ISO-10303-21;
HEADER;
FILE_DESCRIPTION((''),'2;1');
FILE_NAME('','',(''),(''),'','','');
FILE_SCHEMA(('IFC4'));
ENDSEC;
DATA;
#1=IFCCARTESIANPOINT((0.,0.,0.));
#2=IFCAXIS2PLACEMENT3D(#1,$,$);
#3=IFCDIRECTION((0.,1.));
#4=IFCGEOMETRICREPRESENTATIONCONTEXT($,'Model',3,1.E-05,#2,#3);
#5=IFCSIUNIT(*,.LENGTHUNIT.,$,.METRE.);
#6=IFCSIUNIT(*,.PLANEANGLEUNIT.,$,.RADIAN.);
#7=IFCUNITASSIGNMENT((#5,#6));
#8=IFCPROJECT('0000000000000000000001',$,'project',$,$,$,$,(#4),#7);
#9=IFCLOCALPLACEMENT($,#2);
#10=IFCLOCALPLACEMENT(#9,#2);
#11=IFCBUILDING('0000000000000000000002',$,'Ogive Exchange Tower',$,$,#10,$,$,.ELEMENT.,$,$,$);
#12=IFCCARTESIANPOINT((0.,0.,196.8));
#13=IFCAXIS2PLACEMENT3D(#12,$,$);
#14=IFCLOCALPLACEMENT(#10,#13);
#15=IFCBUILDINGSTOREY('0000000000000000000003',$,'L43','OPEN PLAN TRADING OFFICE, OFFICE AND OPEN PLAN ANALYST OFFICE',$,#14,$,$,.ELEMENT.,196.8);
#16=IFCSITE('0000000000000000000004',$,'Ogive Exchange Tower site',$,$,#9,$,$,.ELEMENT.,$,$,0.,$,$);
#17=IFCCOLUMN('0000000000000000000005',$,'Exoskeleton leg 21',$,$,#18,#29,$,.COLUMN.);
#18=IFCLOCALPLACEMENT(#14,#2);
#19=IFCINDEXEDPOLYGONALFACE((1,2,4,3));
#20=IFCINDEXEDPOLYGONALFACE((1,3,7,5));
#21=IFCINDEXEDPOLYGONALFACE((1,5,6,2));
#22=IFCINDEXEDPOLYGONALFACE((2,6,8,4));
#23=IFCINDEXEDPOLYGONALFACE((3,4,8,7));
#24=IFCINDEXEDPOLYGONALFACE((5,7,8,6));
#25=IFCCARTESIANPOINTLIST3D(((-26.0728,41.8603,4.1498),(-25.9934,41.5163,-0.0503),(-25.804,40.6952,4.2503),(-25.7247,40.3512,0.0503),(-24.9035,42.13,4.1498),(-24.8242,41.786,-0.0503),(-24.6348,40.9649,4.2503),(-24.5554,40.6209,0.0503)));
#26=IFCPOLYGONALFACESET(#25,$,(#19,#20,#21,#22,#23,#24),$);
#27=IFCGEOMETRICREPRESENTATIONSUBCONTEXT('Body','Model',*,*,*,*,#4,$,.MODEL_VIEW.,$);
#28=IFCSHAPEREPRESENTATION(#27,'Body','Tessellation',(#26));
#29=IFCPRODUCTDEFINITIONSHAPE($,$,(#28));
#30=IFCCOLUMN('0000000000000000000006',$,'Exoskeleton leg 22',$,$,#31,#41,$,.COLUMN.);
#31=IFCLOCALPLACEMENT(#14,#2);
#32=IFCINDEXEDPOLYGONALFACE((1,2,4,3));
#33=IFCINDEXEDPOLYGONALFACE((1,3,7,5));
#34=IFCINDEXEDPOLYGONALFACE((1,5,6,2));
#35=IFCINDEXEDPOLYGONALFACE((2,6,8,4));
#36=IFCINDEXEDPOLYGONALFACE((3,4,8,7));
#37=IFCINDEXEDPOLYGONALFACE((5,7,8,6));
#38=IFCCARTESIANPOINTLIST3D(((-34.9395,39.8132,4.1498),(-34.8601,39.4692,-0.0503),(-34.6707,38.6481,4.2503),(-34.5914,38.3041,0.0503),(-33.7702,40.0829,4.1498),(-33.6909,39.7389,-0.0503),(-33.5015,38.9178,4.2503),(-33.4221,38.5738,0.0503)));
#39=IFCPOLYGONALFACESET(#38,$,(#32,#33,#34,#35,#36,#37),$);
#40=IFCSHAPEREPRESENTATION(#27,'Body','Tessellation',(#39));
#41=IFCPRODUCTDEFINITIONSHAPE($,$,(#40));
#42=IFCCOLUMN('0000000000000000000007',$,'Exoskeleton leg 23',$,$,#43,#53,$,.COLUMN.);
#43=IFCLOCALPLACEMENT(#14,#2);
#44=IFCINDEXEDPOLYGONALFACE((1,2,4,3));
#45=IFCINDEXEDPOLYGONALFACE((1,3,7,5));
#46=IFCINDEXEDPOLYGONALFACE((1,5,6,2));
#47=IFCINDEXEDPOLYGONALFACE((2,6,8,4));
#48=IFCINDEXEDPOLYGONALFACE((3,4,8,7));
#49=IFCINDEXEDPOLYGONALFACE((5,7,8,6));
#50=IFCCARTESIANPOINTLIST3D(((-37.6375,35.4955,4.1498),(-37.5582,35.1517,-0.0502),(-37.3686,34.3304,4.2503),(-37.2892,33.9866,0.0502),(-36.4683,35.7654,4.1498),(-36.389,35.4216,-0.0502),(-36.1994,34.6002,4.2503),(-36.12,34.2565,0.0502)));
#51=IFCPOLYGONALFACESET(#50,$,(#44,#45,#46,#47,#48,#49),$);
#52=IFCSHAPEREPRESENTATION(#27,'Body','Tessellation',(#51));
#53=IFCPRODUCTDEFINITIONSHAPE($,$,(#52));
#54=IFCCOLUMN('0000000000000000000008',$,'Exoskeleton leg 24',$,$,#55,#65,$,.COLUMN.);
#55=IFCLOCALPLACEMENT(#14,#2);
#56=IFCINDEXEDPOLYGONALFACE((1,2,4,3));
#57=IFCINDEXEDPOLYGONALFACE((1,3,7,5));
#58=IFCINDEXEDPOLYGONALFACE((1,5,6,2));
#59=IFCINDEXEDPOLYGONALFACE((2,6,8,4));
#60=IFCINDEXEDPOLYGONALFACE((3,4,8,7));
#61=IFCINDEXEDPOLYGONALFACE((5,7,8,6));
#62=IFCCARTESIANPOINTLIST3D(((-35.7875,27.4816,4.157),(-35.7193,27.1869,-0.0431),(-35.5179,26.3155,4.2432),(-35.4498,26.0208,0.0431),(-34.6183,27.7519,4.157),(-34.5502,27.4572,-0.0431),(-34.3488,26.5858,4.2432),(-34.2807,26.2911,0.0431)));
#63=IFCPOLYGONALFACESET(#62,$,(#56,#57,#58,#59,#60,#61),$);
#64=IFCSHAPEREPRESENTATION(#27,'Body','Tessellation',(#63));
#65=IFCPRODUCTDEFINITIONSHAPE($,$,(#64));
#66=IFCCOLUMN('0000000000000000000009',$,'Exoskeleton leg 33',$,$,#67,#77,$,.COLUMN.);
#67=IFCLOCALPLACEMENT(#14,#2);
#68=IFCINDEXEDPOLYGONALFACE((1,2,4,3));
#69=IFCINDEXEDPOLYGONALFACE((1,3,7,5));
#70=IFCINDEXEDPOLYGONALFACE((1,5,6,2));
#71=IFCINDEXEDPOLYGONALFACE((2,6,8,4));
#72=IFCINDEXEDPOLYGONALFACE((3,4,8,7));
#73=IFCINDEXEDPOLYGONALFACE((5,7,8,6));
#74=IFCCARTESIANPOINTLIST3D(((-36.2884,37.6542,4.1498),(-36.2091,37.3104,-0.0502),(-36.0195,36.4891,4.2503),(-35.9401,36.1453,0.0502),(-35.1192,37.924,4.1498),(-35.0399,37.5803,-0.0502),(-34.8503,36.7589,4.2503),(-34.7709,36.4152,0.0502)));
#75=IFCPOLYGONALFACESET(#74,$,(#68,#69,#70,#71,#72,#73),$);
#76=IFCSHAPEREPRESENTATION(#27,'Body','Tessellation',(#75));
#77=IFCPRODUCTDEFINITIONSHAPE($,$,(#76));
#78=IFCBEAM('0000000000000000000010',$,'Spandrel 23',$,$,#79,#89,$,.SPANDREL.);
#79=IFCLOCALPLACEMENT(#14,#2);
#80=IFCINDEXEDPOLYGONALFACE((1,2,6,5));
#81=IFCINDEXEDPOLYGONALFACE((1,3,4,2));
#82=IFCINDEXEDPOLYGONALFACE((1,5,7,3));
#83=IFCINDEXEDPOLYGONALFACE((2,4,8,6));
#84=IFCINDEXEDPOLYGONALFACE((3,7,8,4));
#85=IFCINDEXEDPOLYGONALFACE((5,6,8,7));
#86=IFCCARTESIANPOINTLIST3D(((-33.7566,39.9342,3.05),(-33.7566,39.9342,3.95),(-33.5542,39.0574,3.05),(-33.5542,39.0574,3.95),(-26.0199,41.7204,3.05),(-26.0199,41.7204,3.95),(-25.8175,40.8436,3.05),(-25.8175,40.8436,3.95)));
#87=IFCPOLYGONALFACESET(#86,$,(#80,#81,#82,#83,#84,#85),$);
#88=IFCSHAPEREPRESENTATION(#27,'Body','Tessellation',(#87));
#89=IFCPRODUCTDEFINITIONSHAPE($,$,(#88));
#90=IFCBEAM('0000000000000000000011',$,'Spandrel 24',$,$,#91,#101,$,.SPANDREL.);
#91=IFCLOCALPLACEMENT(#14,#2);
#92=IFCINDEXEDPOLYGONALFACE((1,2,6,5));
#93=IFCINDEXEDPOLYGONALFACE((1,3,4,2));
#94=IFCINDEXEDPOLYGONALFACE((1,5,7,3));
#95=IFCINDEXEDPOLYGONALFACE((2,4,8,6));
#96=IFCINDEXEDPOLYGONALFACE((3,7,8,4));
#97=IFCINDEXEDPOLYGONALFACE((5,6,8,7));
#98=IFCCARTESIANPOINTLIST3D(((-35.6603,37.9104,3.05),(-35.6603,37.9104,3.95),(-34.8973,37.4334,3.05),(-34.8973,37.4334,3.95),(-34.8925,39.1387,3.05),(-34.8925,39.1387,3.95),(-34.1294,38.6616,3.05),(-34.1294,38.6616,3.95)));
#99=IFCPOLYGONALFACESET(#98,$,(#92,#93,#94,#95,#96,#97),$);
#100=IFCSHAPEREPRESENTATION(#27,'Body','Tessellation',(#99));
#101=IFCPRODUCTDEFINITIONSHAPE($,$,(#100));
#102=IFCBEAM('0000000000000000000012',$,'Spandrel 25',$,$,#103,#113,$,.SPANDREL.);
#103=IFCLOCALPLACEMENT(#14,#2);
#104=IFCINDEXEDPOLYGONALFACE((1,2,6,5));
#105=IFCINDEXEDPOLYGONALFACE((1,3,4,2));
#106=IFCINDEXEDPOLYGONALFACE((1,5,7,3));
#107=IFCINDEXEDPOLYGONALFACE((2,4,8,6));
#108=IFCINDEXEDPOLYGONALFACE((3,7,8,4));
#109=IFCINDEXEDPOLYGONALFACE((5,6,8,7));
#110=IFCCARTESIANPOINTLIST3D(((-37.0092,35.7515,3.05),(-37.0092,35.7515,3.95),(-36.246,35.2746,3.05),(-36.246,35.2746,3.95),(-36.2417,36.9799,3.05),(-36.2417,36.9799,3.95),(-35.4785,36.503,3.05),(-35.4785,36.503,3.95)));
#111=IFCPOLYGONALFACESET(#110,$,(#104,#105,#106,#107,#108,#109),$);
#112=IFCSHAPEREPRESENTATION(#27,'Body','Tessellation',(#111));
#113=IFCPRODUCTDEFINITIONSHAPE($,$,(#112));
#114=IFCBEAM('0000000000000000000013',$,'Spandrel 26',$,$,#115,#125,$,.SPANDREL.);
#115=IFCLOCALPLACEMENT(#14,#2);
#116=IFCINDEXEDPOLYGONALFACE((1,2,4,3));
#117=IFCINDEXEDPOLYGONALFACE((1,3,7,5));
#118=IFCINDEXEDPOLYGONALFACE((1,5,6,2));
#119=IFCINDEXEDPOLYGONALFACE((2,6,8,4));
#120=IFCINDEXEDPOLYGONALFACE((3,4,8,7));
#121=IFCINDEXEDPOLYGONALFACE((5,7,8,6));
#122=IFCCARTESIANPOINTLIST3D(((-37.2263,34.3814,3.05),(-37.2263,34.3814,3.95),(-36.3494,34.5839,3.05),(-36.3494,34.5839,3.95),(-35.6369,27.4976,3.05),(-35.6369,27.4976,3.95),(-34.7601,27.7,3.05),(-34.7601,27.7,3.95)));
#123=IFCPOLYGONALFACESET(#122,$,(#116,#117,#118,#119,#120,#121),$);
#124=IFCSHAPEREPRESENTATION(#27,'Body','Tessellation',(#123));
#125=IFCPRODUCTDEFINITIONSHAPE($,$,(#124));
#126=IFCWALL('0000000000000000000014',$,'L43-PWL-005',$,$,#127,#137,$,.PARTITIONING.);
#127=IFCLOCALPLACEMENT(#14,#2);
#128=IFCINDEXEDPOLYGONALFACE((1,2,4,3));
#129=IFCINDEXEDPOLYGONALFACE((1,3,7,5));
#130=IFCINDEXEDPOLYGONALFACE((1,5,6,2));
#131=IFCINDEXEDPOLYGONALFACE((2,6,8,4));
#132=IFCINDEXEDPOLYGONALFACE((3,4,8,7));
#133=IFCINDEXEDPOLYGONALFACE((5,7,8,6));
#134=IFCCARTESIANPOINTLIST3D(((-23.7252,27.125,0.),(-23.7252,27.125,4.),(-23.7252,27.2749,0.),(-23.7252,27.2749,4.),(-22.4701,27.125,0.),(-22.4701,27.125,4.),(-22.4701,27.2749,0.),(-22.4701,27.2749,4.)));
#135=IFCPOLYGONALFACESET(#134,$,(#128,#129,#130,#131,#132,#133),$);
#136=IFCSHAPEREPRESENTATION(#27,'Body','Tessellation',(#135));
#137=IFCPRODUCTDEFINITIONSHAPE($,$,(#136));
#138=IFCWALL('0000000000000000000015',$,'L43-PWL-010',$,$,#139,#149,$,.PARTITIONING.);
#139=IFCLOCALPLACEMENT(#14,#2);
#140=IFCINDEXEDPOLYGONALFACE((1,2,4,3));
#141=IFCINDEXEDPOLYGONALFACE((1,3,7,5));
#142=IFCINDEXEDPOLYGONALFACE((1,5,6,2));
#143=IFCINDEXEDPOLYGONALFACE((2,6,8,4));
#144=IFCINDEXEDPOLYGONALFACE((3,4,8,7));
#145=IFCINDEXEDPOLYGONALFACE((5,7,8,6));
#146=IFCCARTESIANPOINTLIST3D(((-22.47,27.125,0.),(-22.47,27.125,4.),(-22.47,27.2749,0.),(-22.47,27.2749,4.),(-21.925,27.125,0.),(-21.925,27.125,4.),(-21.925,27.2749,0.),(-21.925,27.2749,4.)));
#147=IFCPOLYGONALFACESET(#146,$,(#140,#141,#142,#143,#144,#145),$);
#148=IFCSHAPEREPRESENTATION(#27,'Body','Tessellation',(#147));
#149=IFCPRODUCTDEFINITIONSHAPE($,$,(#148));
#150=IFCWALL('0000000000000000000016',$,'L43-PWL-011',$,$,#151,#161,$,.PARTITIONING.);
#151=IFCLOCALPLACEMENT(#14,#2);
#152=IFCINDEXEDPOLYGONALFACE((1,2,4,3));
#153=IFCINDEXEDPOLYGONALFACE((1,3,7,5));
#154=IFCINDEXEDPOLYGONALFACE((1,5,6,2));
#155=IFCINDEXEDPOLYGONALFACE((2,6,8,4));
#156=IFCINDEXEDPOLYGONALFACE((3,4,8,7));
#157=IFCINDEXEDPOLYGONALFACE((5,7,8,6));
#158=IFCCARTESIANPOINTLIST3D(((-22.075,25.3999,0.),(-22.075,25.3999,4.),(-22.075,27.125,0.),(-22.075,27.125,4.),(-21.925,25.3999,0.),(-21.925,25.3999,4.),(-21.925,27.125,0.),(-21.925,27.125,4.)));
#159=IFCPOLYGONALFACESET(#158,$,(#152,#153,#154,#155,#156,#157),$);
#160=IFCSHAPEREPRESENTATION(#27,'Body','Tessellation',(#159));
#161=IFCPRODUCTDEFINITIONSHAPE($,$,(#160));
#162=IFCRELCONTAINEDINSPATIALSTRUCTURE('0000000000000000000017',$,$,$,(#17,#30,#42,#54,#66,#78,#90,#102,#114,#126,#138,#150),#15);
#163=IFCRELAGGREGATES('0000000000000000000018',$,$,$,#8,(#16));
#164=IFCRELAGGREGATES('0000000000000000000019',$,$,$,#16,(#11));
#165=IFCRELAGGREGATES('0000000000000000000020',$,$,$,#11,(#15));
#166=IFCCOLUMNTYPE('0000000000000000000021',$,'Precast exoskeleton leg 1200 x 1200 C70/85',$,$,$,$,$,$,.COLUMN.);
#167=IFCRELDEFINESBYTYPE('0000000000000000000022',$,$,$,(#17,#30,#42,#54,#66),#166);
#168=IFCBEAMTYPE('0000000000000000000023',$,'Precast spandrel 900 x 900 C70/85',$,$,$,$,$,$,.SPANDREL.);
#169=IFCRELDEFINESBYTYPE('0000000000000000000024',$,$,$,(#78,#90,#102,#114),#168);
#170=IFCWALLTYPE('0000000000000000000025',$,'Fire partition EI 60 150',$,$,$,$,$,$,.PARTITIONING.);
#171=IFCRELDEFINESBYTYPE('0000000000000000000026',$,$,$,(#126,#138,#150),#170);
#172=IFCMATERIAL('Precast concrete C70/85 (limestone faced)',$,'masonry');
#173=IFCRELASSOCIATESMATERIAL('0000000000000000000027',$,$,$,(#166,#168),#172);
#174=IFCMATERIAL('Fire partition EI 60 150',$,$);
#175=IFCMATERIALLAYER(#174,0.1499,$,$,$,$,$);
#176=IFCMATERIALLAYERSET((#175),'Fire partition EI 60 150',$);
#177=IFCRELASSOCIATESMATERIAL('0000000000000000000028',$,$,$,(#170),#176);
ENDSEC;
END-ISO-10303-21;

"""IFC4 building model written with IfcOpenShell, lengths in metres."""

from ifc_helpers import new_model, si_unit, direction, frame, frame_2d, origin, origin_2d, place, context, subcontext, project, spatial, rectangle, extrude, material, layer, layer_set, material_profile, profile_set, type_object, element, save


model = new_model("IFC4")

# Units and contexts
model_context = context("Model", 3, precision=1e-05, world=origin(), true_north=direction((0.0, 1.0)))
body_context = subcontext(model_context, "Body", "Model", "MODEL_VIEW")
ifc_project = project(units=[si_unit("LENGTHUNIT", "METRE"), si_unit("PLANEANGLEUNIT", "RADIAN")], contexts=[model_context])

# Site, building, storey
site_placement = place(None, origin())
site = spatial("IfcSite", under=ifc_project, at=site_placement, Name="Ogive Exchange Tower site", CompositionType="ELEMENT", RefElevation=0.0)
building_placement = place(site_placement, origin())
building = spatial("IfcBuilding", under=site, at=building_placement, Name="Ogive Exchange Tower", CompositionType="ELEMENT")
storey_placement = place(building_placement, frame((0.0, 0.0, 196.8)))
storey = spatial("IfcBuildingStorey", under=building, at=storey_placement, Name="L43", Description="OPEN PLAN TRADING OFFICE, OFFICE AND OPEN PLAN ANALYST OFFICE", CompositionType="ELEMENT", Elevation=196.8)

# Columns
ifc_material_1 = material(Name="Precast concrete C70/85 (limestone faced)", Category="masonry")
ifc_material_profile_1 = material_profile(ifc_material_1, rectangle(XDim=1.2, YDim=1.2, at=origin_2d()), Name="1200 x 1200")
ifc_profile_set_1 = profile_set([ifc_material_profile_1], Name="Precast concrete C70/85 (limestone faced)")
column_type = type_object("IfcColumnType", Name="Precast exoskeleton leg 1200 x 1200 C70/85", PredefinedType="COLUMN", material=ifc_profile_set_1)
for number, where, z_axis, x_axis, name in (
    (1, (-25.2744, 41.0686, 0.0), (-0.018826, 0.081617, 0.996486), (-0.974415, -0.224758, 0.0), "Exoskeleton leg 21"),
    (2, (-34.1411, 39.0215, 0.0), (-0.018826, 0.081617, 0.996486), (-0.974415, -0.224758, 0.0), "Exoskeleton leg 22"),
    (3, (-36.8391, 34.7041, 0.0), (-0.018826, 0.081559, 0.996491), (-0.97438, -0.22491, 0.0), "Exoskeleton leg 23"),
):
    element("IfcColumn", number, at=place(storey_placement, frame(where, z_axis=z_axis, x_axis=x_axis)), inside=storey, type_object=column_type, Name=name, PredefinedType="COLUMN", context=body_context, shape_type="SweptSolid", body=[
        extrude(rectangle(XDim=1.2, YDim=1.2, at=origin_2d()), origin(), (0.0, 0.0, 1.0), 4.2148),
    ])
column_1_placement = place(storey_placement, frame((-35.0, 26.739, 0.0), z_axis=(-0.016176, 0.069981, 0.997417), x_axis=(-0.97431, -0.225213, 0.0)))
element("IfcColumn", 4, at=column_1_placement, inside=storey, type_object=column_type, Name="Exoskeleton leg 24", PredefinedType="COLUMN", context=body_context, shape_type="SweptSolid", body=[
    extrude(rectangle(XDim=1.2, YDim=1.2, at=origin_2d()), origin(), (0.0, 0.0, 1.0), 4.2109),
])
column_2_placement = place(storey_placement, frame((-35.49, 36.8628, 0.0), z_axis=(-0.018826, 0.081559, 0.996491), x_axis=(-0.97438, -0.22491, 0.0)))
element("IfcColumn", 5, at=column_2_placement, inside=storey, type_object=column_type, Name="Exoskeleton leg 33", PredefinedType="COLUMN", context=body_context, shape_type="SweptSolid", body=[
    extrude(rectangle(XDim=1.2, YDim=1.2, at=origin_2d()), origin(), (0.0, 0.0, 1.0), 4.2148),
])

# Beams
ifc_material_profile_2 = material_profile(ifc_material_1, rectangle(XDim=0.8999, YDim=0.8999, at=origin_2d()), Name="900 x 900")
ifc_profile_set_2 = profile_set([ifc_material_profile_2], Name="Precast concrete C70/85 (limestone faced)")
beam_type = type_object("IfcBeamType", Name="Precast spandrel 900 x 900 C70/85", PredefinedType="SPANDREL", material=ifc_profile_set_2)
beam_1_placement = place(storey_placement, frame((-25.9187, 41.282, 3.5), z_axis=(-0.97437, -0.224952, 0.0), x_axis=(0.224952, -0.97437, 0.0)))
element("IfcBeam", 6, at=beam_1_placement, inside=storey, type_object=beam_type, Name="Spandrel 23", PredefinedType="SPANDREL", context=body_context, shape_type="SweptSolid", body=[
    extrude(rectangle(XDim=0.8999, YDim=0.8999, at=origin_2d()), origin(), (0.0, 0.0, 1.0), 7.9402),
])
for number, where, z_axis, x_axis, name in (
    (7, (-34.511, 38.9001, 3.5), (-0.530075, -0.847951, 0.0), (0.847951, -0.530075, 0.0), "Spandrel 24"),
    (8, (-35.8601, 36.7415, 3.5), (-0.529878, -0.848074, 0.0), (0.848074, -0.529878, 0.0), "Spandrel 25"),
):
    element("IfcBeam", number, at=place(storey_placement, frame(where, z_axis=z_axis, x_axis=x_axis)), inside=storey, type_object=beam_type, Name=name, PredefinedType="SPANDREL", context=body_context, shape_type="SweptSolid", body=[
        extrude(rectangle(XDim=0.8999, YDim=0.8999, at=origin_2d()), origin(), (0.0, 0.0, 1.0), 1.4485),
    ])
beam_2_placement = place(storey_placement, frame((-36.7878, 34.4827, 3.5), z_axis=(0.224966, -0.974367, 0.0), x_axis=(0.974367, 0.224966, 0.0)))
element("IfcBeam", 9, at=beam_2_placement, inside=storey, type_object=beam_type, Name="Spandrel 26", PredefinedType="SPANDREL", context=body_context, shape_type="SweptSolid", body=[
    extrude(rectangle(XDim=0.8999, YDim=0.8999, at=origin_2d()), origin(), (0.0, 0.0, 1.0), 7.0649),
])

# Walls
ifc_material_2 = material(Name="Fire partition EI 60 150")
ifc_layer_1 = layer(ifc_material_2, 0.1499)
ifc_layer_set_1 = layer_set([ifc_layer_1], Name="Fire partition EI 60 150")
wall_type_1 = type_object("IfcWallType", Name="Fire partition EI 60 150", PredefinedType="PARTITIONING", material=ifc_layer_set_1)
wall_1_placement = place(storey_placement, frame((-23.7251, 27.2, 0.0), z_axis=(0.0, 0.0, 1.0), x_axis=(1.0, 0.0, 0.0)))
element("IfcWall", 10, at=wall_1_placement, inside=storey, type_object=wall_type_1, Name="L43-PWL-005", PredefinedType="PARTITIONING", context=body_context, shape_type="SweptSolid", body=[
    extrude(rectangle(XDim=1.2551, YDim=0.1499, at=frame_2d((0.6274, 0.0))), origin(), (0.0, 0.0, 1.0), 4.0),
])
wall_2_placement = place(storey_placement, frame((-22.47, 27.2, 0.0), z_axis=(0.0, 0.0, 1.0), x_axis=(1.0, 0.0, 0.0)))
element("IfcWall", 11, at=wall_2_placement, inside=storey, type_object=wall_type_1, Name="L43-PWL-010", PredefinedType="PARTITIONING", context=body_context, shape_type="SweptSolid", body=[
    extrude(rectangle(XDim=0.5449, YDim=0.1499, at=frame_2d((0.2725, 0.0))), origin(), (0.0, 0.0, 1.0), 4.0),
])
wall_3_placement = place(storey_placement, frame((-22.0, 27.125, 0.0), z_axis=(0.0, 0.0, 1.0), x_axis=(0.0, -1.0, 0.0)))
element("IfcWall", 12, at=wall_3_placement, inside=storey, type_object=wall_type_1, Name="L43-PWL-011", PredefinedType="PARTITIONING", context=body_context, shape_type="SweptSolid", body=[
    extrude(rectangle(XDim=1.7251, YDim=0.1499, at=frame_2d((0.8625, 0.0))), origin(), (0.0, 0.0, 1.0), 4.0),
])

save(model, "model.ifc")
